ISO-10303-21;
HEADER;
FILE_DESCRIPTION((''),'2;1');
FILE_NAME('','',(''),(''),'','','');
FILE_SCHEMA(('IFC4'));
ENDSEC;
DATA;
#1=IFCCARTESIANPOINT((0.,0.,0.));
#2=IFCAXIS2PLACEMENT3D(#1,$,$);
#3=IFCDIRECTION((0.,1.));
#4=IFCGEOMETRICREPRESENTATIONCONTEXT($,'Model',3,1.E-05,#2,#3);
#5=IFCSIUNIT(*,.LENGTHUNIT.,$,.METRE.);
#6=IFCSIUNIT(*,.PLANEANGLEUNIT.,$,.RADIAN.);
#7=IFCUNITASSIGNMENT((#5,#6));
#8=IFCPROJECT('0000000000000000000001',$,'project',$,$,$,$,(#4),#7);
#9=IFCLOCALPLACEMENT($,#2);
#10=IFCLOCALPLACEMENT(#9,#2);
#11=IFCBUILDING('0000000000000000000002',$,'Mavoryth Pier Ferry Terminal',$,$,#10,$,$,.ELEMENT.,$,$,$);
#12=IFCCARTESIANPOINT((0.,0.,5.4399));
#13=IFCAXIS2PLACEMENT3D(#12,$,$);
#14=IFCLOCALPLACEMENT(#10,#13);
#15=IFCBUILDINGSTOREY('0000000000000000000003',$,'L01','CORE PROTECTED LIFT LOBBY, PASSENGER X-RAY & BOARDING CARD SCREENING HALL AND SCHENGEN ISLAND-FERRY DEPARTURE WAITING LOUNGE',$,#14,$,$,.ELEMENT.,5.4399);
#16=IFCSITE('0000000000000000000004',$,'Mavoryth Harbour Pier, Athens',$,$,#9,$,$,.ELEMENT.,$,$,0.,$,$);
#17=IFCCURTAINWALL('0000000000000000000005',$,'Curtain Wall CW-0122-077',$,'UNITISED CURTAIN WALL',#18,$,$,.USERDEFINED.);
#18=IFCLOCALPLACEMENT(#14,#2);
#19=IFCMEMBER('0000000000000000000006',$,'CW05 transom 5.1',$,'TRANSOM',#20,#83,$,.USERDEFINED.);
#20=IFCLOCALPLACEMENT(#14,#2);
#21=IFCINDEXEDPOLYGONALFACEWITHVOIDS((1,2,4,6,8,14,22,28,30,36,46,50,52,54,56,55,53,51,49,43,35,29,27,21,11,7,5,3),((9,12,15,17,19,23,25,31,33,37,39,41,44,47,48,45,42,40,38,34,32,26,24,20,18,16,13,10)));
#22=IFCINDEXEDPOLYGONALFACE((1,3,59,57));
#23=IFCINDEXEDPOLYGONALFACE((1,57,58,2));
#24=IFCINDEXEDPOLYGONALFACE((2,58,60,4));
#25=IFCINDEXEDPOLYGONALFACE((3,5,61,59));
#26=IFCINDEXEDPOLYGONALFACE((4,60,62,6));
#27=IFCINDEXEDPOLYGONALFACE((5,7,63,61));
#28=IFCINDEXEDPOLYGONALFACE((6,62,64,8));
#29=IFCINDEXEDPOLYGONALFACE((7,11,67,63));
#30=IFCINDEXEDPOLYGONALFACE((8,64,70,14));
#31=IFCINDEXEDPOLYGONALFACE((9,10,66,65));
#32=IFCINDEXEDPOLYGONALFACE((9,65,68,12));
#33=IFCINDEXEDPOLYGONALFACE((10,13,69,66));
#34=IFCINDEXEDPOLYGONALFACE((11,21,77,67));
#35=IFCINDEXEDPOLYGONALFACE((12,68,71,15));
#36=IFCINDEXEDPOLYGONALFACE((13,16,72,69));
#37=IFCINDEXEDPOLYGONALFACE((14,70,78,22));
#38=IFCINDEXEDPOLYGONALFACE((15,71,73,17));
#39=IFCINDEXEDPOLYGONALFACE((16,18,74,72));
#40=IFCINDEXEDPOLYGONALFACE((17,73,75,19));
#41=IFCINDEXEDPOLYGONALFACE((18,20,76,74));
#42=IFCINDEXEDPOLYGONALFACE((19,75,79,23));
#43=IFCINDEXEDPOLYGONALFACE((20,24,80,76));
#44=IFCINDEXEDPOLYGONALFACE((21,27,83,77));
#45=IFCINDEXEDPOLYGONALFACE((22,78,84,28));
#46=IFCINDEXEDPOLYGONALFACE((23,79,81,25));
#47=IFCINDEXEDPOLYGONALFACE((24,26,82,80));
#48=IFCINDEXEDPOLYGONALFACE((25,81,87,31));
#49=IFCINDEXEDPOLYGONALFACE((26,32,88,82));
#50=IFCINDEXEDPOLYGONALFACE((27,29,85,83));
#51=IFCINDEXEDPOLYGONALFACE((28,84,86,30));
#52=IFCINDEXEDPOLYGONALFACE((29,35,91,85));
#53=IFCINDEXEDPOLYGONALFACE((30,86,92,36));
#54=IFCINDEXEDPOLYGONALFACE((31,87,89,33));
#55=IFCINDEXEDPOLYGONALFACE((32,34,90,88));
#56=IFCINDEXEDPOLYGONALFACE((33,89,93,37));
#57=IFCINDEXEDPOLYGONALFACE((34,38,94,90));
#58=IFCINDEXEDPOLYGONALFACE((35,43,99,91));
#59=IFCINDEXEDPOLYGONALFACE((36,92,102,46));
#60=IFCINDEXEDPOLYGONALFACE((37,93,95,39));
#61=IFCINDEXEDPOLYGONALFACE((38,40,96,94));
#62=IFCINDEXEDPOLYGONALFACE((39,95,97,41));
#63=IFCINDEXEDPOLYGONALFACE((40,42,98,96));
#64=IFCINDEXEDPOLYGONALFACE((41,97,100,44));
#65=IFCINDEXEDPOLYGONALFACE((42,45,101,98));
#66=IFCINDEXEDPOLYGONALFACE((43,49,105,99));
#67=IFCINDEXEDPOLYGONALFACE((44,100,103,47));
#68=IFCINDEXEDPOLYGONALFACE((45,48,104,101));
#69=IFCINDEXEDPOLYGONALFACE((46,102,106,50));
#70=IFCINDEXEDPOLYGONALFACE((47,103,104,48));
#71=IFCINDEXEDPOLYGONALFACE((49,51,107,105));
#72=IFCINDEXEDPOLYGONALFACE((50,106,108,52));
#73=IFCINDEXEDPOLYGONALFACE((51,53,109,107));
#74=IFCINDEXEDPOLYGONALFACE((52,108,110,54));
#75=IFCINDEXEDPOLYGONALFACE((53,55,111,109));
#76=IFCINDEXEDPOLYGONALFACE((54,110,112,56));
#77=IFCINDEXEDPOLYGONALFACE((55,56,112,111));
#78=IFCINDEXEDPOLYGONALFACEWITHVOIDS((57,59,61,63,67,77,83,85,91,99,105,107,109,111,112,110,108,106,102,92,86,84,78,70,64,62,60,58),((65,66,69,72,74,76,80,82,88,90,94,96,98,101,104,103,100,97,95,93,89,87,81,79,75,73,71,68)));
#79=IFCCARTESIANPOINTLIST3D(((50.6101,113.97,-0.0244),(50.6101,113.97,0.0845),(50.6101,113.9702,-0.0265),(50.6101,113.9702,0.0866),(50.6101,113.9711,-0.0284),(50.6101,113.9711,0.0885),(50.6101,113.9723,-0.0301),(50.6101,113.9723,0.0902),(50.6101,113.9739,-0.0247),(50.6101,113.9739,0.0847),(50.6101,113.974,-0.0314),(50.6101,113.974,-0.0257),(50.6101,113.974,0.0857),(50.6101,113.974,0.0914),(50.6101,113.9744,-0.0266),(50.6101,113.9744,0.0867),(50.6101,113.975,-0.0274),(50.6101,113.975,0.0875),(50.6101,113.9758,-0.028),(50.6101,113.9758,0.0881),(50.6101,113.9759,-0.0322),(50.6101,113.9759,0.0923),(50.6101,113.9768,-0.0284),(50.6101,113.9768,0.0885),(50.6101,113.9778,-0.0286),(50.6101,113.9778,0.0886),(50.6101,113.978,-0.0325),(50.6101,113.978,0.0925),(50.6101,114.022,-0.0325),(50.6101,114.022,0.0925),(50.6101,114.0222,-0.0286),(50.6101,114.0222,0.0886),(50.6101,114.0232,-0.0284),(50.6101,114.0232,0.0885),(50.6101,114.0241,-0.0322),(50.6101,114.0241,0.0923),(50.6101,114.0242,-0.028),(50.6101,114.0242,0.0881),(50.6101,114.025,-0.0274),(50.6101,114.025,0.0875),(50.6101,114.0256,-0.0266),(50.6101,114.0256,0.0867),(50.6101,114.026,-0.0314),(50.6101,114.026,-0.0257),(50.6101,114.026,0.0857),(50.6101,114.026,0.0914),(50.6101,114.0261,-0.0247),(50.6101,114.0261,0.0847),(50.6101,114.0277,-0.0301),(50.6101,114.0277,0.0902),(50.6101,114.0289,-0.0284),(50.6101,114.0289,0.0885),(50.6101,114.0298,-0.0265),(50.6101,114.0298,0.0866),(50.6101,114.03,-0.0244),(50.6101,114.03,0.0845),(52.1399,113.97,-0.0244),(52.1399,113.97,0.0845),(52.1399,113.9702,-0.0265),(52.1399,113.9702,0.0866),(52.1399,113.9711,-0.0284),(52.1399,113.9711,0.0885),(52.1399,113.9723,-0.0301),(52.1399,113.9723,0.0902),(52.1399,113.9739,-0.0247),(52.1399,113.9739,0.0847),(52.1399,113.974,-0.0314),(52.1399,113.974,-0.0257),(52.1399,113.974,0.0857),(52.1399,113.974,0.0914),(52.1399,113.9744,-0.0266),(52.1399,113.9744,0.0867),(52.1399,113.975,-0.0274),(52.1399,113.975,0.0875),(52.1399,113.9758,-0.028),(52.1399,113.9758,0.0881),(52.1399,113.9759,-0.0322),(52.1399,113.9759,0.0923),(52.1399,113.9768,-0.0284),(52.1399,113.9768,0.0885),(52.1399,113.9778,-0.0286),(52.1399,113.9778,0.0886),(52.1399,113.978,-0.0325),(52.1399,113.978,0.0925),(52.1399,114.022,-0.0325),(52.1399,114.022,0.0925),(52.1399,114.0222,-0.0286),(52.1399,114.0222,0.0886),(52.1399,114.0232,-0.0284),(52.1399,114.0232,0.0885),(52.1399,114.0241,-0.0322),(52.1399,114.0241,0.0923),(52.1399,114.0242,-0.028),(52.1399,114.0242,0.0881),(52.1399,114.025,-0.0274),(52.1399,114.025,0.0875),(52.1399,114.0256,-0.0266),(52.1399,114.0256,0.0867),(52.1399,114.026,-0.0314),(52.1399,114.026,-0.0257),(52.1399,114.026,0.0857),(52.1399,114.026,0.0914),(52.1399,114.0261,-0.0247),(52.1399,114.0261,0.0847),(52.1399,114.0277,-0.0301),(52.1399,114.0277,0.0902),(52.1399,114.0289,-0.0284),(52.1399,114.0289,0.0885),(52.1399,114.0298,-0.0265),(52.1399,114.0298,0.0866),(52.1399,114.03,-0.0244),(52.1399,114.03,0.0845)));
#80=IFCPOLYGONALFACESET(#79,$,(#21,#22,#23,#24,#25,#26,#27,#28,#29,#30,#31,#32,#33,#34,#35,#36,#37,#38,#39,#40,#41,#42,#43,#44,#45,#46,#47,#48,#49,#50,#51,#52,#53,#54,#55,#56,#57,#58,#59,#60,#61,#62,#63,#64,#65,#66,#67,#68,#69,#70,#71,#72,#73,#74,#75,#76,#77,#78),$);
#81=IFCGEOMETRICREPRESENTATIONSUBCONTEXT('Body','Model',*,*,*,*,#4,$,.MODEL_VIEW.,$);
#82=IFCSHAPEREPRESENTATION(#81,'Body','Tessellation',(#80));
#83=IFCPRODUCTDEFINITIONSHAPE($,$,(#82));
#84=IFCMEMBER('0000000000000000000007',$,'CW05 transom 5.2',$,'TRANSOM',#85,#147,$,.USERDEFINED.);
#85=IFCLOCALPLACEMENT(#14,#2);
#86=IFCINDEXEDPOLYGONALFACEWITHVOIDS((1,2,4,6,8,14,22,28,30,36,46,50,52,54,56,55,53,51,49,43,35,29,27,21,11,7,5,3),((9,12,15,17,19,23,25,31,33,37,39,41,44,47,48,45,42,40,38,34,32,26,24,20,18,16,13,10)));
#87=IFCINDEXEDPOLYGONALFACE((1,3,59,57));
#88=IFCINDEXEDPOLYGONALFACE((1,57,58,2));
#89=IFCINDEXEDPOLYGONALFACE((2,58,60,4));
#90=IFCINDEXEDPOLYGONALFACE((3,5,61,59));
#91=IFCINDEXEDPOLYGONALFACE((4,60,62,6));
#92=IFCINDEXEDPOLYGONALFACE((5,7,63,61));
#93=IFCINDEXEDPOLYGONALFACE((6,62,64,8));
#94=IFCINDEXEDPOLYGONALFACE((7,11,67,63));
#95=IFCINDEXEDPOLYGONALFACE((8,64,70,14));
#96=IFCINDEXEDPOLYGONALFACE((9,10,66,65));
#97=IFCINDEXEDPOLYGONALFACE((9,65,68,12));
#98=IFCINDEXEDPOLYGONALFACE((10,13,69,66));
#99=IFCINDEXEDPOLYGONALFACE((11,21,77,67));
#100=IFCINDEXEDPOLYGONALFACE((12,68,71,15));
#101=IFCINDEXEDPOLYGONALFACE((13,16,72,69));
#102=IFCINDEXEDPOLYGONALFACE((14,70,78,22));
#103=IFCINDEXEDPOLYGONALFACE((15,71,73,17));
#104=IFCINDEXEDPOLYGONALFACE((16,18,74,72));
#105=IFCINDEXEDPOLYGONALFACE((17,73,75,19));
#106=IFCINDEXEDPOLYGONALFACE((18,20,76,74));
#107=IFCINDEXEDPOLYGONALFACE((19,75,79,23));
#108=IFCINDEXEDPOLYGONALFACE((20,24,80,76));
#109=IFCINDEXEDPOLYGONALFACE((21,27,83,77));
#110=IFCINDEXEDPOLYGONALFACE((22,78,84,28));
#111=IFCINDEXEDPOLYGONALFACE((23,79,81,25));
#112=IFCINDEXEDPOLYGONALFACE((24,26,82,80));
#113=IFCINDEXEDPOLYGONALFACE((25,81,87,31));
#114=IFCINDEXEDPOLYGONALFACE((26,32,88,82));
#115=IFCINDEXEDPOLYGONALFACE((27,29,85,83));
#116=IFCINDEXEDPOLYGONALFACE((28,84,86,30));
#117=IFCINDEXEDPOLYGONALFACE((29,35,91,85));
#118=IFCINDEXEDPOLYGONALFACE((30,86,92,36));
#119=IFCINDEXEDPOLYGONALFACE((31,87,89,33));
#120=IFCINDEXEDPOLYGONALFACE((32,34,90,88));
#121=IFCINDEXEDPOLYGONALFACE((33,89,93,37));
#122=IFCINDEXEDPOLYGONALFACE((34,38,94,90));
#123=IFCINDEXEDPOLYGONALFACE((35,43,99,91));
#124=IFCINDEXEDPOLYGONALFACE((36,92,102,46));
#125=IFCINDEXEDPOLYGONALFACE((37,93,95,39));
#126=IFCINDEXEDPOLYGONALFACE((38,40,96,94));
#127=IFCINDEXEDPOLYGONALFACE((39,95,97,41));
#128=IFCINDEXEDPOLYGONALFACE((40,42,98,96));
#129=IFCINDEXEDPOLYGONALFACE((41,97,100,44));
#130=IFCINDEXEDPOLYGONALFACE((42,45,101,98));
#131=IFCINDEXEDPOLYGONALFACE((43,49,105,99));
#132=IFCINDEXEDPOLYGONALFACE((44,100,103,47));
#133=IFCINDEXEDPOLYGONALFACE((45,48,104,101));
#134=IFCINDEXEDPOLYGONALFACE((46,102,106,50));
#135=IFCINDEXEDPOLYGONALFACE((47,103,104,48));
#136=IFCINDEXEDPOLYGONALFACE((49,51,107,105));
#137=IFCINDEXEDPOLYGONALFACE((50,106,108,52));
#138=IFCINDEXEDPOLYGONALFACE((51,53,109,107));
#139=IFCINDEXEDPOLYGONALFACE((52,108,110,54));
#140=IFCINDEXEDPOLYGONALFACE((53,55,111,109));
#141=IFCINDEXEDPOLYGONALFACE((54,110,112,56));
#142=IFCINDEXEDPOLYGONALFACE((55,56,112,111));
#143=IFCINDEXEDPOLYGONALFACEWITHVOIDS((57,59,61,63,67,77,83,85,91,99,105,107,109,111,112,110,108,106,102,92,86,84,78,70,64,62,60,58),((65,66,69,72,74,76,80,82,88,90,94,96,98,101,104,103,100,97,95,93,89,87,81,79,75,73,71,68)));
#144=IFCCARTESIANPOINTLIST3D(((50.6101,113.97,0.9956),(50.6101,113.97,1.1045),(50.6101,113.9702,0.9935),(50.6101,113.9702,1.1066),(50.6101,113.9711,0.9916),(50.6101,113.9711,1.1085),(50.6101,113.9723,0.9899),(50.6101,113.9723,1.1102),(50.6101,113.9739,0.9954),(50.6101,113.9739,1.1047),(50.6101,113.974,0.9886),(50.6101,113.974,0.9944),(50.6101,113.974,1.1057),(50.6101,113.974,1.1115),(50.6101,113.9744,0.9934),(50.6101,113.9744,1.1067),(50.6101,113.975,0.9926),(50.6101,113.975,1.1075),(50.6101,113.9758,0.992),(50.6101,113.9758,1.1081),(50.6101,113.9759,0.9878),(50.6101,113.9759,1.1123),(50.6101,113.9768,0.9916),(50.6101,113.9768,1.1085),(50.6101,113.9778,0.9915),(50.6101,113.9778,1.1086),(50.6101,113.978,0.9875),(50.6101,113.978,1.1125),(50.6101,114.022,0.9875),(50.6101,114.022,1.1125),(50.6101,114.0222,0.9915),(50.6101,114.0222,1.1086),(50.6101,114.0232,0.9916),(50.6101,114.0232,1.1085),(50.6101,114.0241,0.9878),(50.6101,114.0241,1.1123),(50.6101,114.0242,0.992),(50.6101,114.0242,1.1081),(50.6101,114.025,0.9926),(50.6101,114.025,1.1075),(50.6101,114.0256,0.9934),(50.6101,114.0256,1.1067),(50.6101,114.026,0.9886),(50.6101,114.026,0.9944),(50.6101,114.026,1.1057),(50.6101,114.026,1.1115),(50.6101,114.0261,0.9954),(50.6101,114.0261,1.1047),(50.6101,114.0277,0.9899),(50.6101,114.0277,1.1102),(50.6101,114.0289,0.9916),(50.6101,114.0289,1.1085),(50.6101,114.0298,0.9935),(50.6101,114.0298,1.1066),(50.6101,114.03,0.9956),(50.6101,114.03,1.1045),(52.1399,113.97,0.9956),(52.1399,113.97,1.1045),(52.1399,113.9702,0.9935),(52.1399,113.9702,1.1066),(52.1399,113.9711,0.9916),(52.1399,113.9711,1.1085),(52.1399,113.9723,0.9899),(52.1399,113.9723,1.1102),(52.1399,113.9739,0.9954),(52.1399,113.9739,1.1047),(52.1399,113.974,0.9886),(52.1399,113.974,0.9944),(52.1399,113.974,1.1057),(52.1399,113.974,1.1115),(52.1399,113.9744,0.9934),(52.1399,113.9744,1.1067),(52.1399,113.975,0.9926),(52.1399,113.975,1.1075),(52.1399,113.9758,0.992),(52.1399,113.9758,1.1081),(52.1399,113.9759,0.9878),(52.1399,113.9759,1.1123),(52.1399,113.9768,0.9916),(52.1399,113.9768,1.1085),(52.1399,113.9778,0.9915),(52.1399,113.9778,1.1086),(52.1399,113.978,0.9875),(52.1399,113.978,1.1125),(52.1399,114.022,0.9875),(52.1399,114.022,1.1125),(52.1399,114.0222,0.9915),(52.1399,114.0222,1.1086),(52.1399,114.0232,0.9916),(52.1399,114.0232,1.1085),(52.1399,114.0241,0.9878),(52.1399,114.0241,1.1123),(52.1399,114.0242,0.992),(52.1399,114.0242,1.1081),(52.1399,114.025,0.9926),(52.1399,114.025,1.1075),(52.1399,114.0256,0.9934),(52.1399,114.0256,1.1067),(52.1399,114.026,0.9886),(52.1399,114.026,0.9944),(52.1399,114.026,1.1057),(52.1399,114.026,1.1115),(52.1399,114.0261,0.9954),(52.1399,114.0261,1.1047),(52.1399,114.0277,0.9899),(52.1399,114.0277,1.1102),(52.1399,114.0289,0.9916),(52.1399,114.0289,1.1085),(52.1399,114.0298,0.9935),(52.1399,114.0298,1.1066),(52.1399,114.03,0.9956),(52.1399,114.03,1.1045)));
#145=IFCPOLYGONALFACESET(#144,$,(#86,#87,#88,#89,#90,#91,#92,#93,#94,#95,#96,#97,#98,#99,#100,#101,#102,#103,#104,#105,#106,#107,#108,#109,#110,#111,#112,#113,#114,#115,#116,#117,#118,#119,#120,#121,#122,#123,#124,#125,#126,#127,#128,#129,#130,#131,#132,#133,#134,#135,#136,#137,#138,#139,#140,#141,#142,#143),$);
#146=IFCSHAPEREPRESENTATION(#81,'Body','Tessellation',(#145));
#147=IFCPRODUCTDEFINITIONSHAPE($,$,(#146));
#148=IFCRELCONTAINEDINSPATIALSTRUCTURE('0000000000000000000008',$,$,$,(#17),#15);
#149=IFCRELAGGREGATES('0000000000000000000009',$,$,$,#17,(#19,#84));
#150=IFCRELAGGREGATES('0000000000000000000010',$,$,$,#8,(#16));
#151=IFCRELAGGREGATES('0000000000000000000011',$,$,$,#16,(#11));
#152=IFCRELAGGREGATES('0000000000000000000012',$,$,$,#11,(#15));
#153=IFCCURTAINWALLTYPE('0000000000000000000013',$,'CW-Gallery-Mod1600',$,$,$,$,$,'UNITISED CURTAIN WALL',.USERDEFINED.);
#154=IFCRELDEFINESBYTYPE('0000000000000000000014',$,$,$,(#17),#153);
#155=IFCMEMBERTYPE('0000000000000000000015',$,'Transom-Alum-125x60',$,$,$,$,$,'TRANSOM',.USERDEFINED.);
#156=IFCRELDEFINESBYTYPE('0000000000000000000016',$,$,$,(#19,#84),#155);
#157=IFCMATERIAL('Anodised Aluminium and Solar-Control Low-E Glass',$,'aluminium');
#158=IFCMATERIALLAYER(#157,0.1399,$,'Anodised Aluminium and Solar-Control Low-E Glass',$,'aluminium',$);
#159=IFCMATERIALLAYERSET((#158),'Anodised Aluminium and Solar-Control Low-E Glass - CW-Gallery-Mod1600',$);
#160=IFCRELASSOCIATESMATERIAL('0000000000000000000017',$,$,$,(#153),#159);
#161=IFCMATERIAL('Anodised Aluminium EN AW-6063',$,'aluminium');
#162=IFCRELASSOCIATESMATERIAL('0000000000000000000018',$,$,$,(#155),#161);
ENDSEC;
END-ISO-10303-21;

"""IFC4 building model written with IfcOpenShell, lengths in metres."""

from ifc_helpers import new_model, si_unit, direction, frame, origin, origin_2d, place, context, subcontext, project, spatial, hollow_rectangle, extrude, material, layer, layer_set, material_profile, profile_set, type_object, element, aggregate, save


model = new_model("IFC4")

# Units and contexts
model_context = context("Model", 3, precision=1e-05, world=origin(), true_north=direction((0.0, 1.0)))
body_context = subcontext(model_context, "Body", "Model", "MODEL_VIEW")
ifc_project = project(units=[si_unit("LENGTHUNIT", "METRE"), si_unit("PLANEANGLEUNIT", "RADIAN")], contexts=[model_context])

# Site, building, storey
site_placement = place(None, origin())
site = spatial("IfcSite", under=ifc_project, at=site_placement, Name="Mavoryth Harbour Pier, Athens", CompositionType="ELEMENT", RefElevation=0.0)
building_placement = place(site_placement, origin())
building = spatial("IfcBuilding", under=site, at=building_placement, Name="Mavoryth Pier Ferry Terminal", CompositionType="ELEMENT")
storey_placement = place(building_placement, frame((0.0, 0.0, 5.4399)))
storey = spatial("IfcBuildingStorey", under=building, at=storey_placement, Name="L01", Description="CORE PROTECTED LIFT LOBBY, PASSENGER X-RAY & BOARDING CARD SCREENING HALL AND SCHENGEN ISLAND-FERRY DEPARTURE WAITING LOUNGE", CompositionType="ELEMENT", Elevation=5.4399)

# Curtain wall
ifc_material_1 = material(Name="Anodised Aluminium and Solar-Control Low-E Glass", Category="aluminium")
ifc_layer_1 = layer(ifc_material_1, 0.1399, Name="Anodised Aluminium and Solar-Control Low-E Glass", Category="aluminium")
ifc_layer_set_1 = layer_set([ifc_layer_1], Name="Anodised Aluminium and Solar-Control Low-E Glass - CW-Gallery-Mod1600")
curtain_wall_type = type_object("IfcCurtainWallType", Name="CW-Gallery-Mod1600", ElementType="UNITISED CURTAIN WALL", PredefinedType="USERDEFINED", material=ifc_layer_set_1)
curtain_wall_1_placement = place(storey_placement, origin())
curtain_wall_1 = element("IfcCurtainWall", 1, at=curtain_wall_1_placement, inside=storey, type_object=curtain_wall_type, Name="Curtain Wall CW-0122-077", ObjectType="UNITISED CURTAIN WALL", PredefinedType="USERDEFINED")
ifc_material_2 = material(Name="Anodised Aluminium EN AW-6063", Category="aluminium")

# Members
ifc_material_profile_1 = material_profile(ifc_material_2, hollow_rectangle(XDim=0.0601, YDim=0.125, WallThickness=0.0039, InnerFilletRadius=0.0039, OuterFilletRadius=0.0081, at=origin_2d()), Name="AL-TRAN 125x60x4", Category="aluminium")
ifc_profile_set_1 = profile_set([ifc_material_profile_1], Name="Anodised Aluminium EN AW-6063 - AL-TRAN 125x60x4")
member_type_1 = type_object("IfcMemberType", Name="Transom-Alum-125x60", ElementType="TRANSOM", PredefinedType="USERDEFINED", material=ifc_profile_set_1)
member_1_placement = place(storey_placement, frame((52.1399, 114.0, 0.03), z_axis=(-1.0, 0.0, 0.0), x_axis=(0.0, -1.0, 0.0)))
member_1 = element("IfcMember", 2, at=member_1_placement, type_object=member_type_1, Name="CW05 transom 5.1", ObjectType="TRANSOM", PredefinedType="USERDEFINED", context=body_context, shape_type="SweptSolid", body=[
    extrude(hollow_rectangle(XDim=0.0601, YDim=0.125, WallThickness=0.0039, InnerFilletRadius=0.0039, OuterFilletRadius=0.0081, at=origin_2d()), origin(), (0.0, 0.0, 1.0), 1.5298),
])
member_2_placement = place(storey_placement, frame((52.1399, 114.0, 1.05), z_axis=(-1.0, 0.0, 0.0), x_axis=(0.0, -1.0, 0.0)))
member_2 = element("IfcMember", 3, at=member_2_placement, type_object=member_type_1, Name="CW05 transom 5.2", ObjectType="TRANSOM", PredefinedType="USERDEFINED", context=body_context, shape_type="SweptSolid", body=[
    extrude(hollow_rectangle(XDim=0.0601, YDim=0.125, WallThickness=0.0039, InnerFilletRadius=0.0039, OuterFilletRadius=0.0081, at=origin_2d()), origin(), (0.0, 0.0, 1.0), 1.5298),
])

aggregate(curtain_wall_1, [member_1, member_2])

save(model, "model.ifc")
